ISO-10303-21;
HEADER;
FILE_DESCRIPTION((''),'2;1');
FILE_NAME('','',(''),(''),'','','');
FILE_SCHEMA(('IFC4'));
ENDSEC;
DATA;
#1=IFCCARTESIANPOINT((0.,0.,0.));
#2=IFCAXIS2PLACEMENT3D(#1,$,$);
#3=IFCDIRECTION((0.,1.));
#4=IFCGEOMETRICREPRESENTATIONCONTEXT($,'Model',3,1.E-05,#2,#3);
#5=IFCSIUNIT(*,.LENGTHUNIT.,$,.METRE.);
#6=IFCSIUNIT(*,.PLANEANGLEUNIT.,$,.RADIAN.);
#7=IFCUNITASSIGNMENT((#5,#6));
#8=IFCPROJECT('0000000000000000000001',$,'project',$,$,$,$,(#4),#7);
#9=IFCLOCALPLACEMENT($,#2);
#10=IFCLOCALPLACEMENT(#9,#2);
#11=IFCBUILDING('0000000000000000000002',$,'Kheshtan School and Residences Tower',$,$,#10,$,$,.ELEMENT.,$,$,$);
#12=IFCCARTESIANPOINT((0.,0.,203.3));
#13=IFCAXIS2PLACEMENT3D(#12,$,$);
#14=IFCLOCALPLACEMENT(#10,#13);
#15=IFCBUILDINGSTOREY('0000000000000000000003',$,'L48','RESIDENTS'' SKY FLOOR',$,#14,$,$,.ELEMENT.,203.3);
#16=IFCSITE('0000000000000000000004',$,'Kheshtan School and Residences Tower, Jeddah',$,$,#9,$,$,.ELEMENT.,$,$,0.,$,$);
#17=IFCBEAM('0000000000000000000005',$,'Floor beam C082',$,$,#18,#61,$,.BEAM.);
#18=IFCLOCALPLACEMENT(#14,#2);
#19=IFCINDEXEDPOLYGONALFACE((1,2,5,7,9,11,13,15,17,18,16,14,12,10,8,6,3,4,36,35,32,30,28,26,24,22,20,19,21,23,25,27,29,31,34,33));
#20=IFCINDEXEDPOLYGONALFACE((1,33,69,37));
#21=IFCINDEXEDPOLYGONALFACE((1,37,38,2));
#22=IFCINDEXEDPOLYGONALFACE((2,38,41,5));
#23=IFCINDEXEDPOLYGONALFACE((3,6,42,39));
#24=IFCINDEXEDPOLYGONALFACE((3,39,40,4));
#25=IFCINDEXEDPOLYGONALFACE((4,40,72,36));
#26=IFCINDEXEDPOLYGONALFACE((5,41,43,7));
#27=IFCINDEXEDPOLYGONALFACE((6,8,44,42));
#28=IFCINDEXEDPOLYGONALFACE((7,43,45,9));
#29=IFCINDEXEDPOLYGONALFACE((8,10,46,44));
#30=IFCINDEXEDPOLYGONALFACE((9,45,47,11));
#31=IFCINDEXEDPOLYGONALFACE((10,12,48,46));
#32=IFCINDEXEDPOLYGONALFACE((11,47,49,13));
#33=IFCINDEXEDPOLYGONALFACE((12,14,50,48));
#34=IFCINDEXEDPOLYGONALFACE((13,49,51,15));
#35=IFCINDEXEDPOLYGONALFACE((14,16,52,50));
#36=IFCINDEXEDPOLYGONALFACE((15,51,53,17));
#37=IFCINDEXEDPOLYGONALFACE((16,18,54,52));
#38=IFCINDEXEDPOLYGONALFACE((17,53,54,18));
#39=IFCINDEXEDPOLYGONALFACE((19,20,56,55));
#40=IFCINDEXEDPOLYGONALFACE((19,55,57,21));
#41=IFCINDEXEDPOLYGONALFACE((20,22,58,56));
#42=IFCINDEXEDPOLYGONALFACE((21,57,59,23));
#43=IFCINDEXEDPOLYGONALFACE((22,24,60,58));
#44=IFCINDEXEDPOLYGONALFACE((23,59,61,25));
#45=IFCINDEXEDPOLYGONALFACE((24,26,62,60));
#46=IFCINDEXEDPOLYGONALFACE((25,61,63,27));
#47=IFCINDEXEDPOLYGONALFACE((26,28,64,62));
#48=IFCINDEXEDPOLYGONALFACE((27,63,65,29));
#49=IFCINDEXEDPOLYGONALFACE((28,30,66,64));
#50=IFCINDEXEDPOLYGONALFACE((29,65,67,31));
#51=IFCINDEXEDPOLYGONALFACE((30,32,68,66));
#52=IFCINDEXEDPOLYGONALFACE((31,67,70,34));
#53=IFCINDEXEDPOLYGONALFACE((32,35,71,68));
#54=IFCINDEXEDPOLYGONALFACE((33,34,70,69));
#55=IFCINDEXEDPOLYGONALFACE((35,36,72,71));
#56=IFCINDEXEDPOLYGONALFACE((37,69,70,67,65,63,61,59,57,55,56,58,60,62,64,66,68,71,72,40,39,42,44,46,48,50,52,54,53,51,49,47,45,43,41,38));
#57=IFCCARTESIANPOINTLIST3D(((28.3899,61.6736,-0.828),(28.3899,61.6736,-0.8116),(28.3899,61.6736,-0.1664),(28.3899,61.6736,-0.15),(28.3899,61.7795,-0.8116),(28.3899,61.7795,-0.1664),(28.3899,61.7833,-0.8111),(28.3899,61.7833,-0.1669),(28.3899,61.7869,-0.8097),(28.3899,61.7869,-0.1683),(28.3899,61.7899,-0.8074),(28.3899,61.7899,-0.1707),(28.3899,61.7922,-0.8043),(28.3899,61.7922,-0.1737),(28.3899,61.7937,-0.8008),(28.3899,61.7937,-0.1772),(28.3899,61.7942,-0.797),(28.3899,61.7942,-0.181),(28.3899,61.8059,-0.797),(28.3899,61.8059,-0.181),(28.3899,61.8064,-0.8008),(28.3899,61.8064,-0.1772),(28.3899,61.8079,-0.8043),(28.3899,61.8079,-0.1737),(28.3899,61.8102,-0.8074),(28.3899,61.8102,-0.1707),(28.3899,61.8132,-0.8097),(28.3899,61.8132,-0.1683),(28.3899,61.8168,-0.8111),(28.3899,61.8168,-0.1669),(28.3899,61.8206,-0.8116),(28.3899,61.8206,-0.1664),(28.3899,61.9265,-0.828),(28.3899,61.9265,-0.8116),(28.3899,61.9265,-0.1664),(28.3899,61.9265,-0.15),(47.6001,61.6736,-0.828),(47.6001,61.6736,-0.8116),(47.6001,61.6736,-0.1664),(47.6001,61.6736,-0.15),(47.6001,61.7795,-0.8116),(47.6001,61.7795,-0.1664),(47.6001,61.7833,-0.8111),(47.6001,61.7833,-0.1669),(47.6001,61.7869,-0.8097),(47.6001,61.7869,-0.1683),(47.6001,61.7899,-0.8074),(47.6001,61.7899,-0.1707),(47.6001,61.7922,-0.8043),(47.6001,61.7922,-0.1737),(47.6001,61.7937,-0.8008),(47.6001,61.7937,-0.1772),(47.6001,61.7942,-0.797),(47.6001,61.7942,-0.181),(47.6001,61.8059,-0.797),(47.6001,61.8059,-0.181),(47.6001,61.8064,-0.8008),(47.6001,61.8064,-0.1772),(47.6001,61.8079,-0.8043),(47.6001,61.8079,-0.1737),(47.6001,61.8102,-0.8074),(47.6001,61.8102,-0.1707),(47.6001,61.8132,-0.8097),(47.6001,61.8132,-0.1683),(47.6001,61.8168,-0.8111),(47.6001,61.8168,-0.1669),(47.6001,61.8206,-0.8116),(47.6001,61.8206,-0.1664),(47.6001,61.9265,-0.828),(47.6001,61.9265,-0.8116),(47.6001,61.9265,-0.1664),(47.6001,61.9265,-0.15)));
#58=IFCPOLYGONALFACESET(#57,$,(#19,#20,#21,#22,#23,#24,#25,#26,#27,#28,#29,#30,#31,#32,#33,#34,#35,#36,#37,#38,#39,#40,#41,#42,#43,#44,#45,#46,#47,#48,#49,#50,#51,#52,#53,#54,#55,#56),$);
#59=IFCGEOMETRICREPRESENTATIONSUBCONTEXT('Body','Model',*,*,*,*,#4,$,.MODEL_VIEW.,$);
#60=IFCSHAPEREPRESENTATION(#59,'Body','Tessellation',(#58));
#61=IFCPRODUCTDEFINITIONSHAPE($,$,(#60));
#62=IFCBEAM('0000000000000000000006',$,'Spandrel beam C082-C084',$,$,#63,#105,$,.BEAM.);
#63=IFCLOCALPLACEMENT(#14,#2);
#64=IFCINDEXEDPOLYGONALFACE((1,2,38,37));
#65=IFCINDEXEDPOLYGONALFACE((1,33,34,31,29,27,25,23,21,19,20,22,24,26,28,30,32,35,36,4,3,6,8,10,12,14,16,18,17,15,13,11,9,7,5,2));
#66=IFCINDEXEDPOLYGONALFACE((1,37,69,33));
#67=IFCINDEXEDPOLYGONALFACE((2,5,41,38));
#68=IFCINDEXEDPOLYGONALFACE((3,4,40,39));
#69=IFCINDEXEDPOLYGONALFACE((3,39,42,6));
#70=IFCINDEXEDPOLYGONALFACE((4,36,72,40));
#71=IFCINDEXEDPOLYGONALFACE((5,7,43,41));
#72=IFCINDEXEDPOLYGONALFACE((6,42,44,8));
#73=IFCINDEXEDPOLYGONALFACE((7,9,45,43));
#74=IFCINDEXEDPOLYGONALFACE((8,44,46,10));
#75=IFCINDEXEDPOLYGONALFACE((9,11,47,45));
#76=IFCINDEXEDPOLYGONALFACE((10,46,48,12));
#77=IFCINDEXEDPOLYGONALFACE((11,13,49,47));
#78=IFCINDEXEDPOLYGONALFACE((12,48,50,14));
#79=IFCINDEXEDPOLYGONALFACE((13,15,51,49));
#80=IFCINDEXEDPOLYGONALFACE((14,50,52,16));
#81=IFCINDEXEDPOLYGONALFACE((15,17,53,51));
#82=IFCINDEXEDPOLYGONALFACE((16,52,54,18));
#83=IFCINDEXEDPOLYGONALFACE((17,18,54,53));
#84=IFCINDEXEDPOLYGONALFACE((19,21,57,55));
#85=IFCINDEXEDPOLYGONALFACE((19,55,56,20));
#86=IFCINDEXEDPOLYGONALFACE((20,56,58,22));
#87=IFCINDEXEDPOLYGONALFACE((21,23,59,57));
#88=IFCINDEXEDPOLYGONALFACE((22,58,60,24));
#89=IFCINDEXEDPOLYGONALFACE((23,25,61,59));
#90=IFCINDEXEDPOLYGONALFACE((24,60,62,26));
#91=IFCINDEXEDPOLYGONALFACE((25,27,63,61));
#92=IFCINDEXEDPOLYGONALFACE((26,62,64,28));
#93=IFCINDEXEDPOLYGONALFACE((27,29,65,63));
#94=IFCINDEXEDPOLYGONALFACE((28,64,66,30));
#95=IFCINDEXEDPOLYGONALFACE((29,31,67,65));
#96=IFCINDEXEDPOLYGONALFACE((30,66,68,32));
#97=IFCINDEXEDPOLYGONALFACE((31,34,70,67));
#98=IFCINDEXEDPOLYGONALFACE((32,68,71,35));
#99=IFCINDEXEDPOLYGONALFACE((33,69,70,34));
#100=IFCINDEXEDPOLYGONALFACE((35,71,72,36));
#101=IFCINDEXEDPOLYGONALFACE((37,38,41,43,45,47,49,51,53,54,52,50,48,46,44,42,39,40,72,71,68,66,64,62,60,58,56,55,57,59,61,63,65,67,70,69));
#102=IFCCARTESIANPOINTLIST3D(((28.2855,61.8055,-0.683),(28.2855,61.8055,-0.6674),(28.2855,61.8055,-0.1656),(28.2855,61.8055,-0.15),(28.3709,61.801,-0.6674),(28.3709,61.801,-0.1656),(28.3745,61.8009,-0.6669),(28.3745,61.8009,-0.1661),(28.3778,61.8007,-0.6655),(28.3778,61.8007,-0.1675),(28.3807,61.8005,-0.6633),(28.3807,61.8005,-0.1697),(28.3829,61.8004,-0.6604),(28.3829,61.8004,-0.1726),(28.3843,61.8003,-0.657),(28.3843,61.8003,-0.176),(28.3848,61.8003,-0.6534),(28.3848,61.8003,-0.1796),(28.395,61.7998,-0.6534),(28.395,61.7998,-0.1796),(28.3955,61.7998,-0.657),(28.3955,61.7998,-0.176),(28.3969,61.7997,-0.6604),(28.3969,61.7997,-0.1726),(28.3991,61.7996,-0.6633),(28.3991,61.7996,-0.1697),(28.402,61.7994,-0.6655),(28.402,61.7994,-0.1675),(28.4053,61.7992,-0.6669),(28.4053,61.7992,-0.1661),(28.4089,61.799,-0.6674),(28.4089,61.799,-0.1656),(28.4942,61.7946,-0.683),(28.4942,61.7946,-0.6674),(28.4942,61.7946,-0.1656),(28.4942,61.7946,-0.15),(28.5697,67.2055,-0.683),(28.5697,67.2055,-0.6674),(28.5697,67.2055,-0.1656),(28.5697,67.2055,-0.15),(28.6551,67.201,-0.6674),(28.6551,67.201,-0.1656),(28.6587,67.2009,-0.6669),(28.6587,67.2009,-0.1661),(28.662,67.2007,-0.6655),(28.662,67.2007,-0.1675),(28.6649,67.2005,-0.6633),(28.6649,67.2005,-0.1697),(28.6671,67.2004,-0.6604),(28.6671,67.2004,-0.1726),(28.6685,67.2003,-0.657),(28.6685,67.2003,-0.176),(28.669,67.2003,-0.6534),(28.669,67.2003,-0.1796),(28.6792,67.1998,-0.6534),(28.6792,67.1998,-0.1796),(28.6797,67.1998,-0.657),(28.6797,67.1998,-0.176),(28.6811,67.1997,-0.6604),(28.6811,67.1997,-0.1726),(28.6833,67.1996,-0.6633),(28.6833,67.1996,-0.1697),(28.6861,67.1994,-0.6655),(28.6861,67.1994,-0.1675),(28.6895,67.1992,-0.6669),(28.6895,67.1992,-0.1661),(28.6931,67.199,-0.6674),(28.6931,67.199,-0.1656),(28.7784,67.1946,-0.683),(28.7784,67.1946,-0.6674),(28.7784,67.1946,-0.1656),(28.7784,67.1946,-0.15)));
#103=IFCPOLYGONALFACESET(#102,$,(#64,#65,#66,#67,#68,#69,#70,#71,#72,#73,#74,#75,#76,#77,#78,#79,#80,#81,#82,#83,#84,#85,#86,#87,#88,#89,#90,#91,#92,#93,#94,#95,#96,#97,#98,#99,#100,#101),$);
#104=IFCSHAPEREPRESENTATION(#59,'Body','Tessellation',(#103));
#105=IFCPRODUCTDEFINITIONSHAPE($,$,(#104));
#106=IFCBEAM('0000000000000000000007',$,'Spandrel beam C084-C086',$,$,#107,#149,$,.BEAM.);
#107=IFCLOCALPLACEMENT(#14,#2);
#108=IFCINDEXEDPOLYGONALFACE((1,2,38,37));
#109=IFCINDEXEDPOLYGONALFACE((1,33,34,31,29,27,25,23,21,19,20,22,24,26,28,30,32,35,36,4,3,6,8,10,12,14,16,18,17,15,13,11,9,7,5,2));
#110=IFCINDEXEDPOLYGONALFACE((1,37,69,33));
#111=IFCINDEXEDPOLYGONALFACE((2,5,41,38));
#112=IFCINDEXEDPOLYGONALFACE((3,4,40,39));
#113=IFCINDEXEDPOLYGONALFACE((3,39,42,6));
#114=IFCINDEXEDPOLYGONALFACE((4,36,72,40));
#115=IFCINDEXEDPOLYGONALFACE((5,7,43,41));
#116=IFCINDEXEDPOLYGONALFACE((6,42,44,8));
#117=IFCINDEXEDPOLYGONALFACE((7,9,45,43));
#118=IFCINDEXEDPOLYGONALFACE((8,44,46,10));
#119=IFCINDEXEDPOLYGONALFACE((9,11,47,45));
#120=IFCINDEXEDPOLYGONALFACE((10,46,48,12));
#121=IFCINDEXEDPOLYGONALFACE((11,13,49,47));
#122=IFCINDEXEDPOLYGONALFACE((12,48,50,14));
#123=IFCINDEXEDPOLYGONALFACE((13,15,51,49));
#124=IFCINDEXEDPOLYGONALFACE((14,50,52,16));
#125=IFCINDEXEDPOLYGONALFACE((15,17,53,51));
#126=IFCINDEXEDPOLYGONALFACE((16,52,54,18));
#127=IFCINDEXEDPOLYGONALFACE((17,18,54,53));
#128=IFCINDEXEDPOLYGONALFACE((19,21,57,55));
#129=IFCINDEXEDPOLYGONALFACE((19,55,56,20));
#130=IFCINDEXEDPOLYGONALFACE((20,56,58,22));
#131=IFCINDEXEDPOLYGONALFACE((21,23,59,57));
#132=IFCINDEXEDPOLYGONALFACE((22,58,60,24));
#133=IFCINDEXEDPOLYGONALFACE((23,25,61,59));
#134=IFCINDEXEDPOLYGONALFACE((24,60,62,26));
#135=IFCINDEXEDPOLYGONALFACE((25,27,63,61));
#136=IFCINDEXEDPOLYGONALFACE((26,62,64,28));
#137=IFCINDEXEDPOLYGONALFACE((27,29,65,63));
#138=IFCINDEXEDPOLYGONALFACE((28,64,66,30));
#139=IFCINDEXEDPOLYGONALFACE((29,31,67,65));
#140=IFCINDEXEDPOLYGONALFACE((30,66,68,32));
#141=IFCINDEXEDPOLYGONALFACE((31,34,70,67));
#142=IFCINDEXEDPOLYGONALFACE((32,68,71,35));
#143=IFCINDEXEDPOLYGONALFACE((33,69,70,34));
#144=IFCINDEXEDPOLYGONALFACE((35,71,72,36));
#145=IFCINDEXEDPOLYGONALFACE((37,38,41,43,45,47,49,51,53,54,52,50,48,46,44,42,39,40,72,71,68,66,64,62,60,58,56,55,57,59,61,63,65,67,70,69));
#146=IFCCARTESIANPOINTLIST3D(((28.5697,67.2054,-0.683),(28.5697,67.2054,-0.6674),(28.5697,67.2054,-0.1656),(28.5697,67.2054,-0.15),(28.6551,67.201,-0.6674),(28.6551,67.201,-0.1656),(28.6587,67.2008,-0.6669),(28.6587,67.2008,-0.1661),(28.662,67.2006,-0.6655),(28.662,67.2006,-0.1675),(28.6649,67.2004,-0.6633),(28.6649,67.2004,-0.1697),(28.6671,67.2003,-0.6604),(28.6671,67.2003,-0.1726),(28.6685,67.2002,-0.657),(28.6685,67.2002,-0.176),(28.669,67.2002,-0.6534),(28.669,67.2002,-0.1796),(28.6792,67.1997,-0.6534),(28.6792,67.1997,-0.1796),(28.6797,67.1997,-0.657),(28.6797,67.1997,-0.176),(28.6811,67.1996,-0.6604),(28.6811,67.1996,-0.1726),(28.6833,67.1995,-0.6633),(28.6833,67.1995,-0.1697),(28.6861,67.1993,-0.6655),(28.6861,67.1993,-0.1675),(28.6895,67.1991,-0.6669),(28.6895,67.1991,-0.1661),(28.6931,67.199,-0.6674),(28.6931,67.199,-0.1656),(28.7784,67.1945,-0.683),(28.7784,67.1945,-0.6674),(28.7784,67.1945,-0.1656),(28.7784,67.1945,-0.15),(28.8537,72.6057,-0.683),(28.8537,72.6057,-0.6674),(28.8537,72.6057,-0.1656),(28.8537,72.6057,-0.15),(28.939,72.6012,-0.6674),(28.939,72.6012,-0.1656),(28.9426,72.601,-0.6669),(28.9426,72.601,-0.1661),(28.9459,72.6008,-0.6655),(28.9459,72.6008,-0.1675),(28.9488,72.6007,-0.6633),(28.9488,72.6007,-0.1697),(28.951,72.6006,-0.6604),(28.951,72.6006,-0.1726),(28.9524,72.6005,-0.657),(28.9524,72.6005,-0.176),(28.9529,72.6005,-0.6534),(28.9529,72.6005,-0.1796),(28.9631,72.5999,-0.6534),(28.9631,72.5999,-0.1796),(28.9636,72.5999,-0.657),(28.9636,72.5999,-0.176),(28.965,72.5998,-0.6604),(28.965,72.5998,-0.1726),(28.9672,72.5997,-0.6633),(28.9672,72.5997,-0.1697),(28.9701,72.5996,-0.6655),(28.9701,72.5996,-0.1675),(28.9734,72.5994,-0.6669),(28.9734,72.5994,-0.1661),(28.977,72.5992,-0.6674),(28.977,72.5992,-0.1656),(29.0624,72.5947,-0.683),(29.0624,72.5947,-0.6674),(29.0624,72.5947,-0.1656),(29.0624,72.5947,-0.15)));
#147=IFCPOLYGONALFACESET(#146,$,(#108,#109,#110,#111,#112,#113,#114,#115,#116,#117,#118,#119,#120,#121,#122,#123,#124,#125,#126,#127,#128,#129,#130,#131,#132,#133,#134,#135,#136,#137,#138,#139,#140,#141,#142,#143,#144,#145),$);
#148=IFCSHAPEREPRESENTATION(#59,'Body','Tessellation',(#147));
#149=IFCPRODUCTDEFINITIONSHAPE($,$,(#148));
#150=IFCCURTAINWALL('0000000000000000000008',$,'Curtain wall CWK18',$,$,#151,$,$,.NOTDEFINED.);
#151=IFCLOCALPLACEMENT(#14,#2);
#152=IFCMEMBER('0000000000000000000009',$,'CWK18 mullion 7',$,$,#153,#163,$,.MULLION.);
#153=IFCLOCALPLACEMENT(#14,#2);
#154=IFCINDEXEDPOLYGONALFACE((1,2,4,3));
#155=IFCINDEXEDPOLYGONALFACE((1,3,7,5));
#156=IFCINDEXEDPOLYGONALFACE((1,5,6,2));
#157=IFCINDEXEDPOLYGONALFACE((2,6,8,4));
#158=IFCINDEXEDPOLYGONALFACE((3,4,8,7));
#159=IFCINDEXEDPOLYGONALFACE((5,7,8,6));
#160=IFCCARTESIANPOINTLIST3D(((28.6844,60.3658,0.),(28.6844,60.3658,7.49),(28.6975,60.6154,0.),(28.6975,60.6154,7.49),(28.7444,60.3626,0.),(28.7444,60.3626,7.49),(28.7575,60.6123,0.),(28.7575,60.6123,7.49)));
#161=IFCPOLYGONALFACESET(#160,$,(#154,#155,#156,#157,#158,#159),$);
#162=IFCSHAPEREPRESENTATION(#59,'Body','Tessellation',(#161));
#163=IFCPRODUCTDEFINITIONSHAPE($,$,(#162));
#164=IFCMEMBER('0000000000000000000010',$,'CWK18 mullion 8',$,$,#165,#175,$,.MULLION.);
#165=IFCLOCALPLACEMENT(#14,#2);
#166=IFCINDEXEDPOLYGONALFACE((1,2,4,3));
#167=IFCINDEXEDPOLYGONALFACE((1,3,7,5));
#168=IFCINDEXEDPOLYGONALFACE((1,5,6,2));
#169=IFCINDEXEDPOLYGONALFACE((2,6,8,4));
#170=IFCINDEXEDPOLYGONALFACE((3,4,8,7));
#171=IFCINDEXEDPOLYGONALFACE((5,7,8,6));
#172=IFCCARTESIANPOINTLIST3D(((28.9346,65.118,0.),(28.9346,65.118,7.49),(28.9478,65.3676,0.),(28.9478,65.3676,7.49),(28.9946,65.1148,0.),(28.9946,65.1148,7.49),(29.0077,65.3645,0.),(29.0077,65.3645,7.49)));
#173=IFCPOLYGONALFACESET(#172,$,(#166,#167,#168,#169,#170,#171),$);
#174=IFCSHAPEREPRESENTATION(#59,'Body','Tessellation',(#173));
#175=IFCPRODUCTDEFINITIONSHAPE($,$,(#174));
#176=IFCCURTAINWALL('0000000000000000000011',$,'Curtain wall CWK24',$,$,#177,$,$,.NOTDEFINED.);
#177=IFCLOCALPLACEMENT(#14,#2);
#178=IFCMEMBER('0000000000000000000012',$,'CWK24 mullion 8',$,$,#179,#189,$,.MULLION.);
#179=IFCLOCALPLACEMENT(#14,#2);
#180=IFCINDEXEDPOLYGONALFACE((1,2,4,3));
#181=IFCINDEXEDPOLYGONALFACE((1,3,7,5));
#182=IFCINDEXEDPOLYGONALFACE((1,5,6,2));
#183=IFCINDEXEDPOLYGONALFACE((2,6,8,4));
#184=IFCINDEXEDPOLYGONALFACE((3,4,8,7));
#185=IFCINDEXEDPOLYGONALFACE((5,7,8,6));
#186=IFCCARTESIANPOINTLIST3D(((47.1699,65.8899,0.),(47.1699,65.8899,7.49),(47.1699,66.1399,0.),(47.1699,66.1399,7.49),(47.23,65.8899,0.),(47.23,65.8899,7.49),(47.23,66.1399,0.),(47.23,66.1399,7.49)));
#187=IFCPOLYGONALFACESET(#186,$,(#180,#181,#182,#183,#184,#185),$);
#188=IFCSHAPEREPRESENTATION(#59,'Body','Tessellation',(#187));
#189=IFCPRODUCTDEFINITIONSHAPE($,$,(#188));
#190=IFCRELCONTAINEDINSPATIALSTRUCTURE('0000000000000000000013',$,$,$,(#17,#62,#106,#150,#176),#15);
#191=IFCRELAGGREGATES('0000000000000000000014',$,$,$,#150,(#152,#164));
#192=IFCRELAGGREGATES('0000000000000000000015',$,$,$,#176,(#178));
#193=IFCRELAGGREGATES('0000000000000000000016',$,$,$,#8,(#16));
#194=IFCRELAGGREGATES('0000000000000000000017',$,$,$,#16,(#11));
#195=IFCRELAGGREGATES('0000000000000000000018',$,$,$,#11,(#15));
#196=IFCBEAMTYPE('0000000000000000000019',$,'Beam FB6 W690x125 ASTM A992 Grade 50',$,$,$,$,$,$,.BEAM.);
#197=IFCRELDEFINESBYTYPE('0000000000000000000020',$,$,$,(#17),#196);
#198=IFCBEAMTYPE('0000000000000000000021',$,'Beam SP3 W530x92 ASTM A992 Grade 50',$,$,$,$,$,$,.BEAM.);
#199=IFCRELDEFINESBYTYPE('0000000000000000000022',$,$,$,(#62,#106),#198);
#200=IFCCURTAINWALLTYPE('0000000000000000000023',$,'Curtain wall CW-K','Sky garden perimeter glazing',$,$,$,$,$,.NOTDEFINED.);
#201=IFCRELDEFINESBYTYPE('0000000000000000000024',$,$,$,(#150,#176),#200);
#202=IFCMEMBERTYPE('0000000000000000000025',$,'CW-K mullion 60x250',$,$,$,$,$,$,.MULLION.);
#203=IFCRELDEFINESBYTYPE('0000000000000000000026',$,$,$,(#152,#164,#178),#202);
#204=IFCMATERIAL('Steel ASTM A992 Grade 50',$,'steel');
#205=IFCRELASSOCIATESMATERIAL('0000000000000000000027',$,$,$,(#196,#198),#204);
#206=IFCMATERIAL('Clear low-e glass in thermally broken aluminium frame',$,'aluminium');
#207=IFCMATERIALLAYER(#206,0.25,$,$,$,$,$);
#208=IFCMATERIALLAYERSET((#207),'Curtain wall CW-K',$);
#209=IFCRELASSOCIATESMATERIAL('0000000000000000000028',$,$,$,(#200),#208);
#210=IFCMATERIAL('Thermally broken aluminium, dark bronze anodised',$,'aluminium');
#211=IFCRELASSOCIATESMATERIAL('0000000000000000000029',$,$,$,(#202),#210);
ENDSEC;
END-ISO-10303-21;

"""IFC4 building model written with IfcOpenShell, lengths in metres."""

from ifc_helpers import new_model, si_unit, direction, frame, origin, origin_2d, place, context, subcontext, project, spatial, rectangle, i_section, extrude, material, layer, layer_set, material_profile, profile_set, type_object, element, aggregate, save


model = new_model("IFC4")

# Units and contexts
model_context = context("Model", 3, precision=1e-05, world=origin(), true_north=direction((0.0, 1.0)))
body_context = subcontext(model_context, "Body", "Model", "MODEL_VIEW")
ifc_project = project(units=[si_unit("LENGTHUNIT", "METRE"), si_unit("PLANEANGLEUNIT", "RADIAN")], contexts=[model_context])

# Site, building, storey
site_placement = place(None, origin())
site = spatial("IfcSite", under=ifc_project, at=site_placement, Name="Kheshtan School and Residences Tower, Jeddah", CompositionType="ELEMENT", RefElevation=0.0)
building_placement = place(site_placement, origin())
building = spatial("IfcBuilding", under=site, at=building_placement, Name="Kheshtan School and Residences Tower", CompositionType="ELEMENT")
storey_placement = place(building_placement, frame((0.0, 0.0, 203.3)))
storey = spatial("IfcBuildingStorey", under=building, at=storey_placement, Name="L48", Description="RESIDENTS' SKY FLOOR", CompositionType="ELEMENT", Elevation=203.3)

# Shared definitions
ifc_material_1 = material(Name="Steel ASTM A992 Grade 50", Category="steel")

# Beams
ifc_material_profile_1 = material_profile(ifc_material_1, i_section(OverallWidth=0.2529, OverallDepth=0.678, WebThickness=0.0117, FlangeThickness=0.0164, FilletRadius=0.0146, at=origin_2d()), Name="W690x125")
ifc_profile_set_1 = profile_set([ifc_material_profile_1], Name="Steel ASTM A992 Grade 50")
beam_type_1 = type_object("IfcBeamType", Name="Beam FB6 W690x125 ASTM A992 Grade 50", PredefinedType="BEAM", material=ifc_profile_set_1)
beam_1_placement = place(storey_placement, frame((28.3899, 61.8, -0.489), z_axis=(1.0, 0.0, 0.0), x_axis=(0.0, 1.0, 0.0)))
element("IfcBeam", 1, at=beam_1_placement, inside=storey, type_object=beam_type_1, Name="Floor beam C082", PredefinedType="BEAM", context=body_context, shape_type="SweptSolid", body=[
    extrude(i_section(OverallWidth=0.2529, OverallDepth=0.678, WebThickness=0.0117, FlangeThickness=0.0164, FilletRadius=0.0146, at=origin_2d()), origin(), (0.0, 0.0, 1.0), 19.2102),
])
ifc_material_profile_2 = material_profile(ifc_material_1, i_section(OverallWidth=0.209, OverallDepth=0.533, WebThickness=0.0103, FlangeThickness=0.0156, FilletRadius=0.0139, at=origin_2d()), Name="W530x92")
ifc_profile_set_2 = profile_set([ifc_material_profile_2], Name="Steel ASTM A992 Grade 50")
beam_type_2 = type_object("IfcBeamType", Name="Beam SP3 W530x92 ASTM A992 Grade 50", PredefinedType="BEAM", material=ifc_profile_set_2)
beam_2_placement = place(storey_placement, frame((28.3899, 61.8, -0.4165), z_axis=(0.052554, 0.998618, 0.0), x_axis=(-0.998618, 0.052554, 0.0)))
element("IfcBeam", 2, at=beam_2_placement, inside=storey, type_object=beam_type_2, Name="Spandrel beam C082-C084", PredefinedType="BEAM", context=body_context, shape_type="SweptSolid", body=[
    extrude(i_section(OverallWidth=0.209, OverallDepth=0.533, WebThickness=0.0103, FlangeThickness=0.0156, FilletRadius=0.0139, at=origin_2d()), origin(), (0.0, 0.0, 1.0), 5.4075),
])
beam_3_placement = place(storey_placement, frame((28.6741, 67.2, -0.4165), z_axis=(0.052507, 0.998621, 0.0), x_axis=(-0.998621, 0.052507, 0.0)))
element("IfcBeam", 3, at=beam_3_placement, inside=storey, type_object=beam_type_2, Name="Spandrel beam C084-C086", PredefinedType="BEAM", context=body_context, shape_type="SweptSolid", body=[
    extrude(i_section(OverallWidth=0.209, OverallDepth=0.533, WebThickness=0.0103, FlangeThickness=0.0156, FilletRadius=0.0139, at=origin_2d()), origin(), (0.0, 0.0, 1.0), 5.4077),
])

# Curtain walls, members
ifc_material_2 = material(Name="Clear low-e glass in thermally broken aluminium frame", Category="aluminium")
ifc_layer_1 = layer(ifc_material_2, 0.25)
ifc_layer_set_1 = layer_set([ifc_layer_1], Name="Curtain wall CW-K")
curtain_wall_type = type_object("IfcCurtainWallType", Name="Curtain wall CW-K", Description="Sky garden perimeter glazing", PredefinedType="NOTDEFINED", material=ifc_layer_set_1)
curtain_wall_1_placement = place(storey_placement, origin())
curtain_wall_1 = element("IfcCurtainWall", 4, at=curtain_wall_1_placement, inside=storey, type_object=curtain_wall_type, Name="Curtain wall CWK18", PredefinedType="NOTDEFINED")
ifc_material_3 = material(Name="Thermally broken aluminium, dark bronze anodised", Category="aluminium")
ifc_material_profile_3 = material_profile(ifc_material_3, rectangle(XDim=0.0601, YDim=0.25, at=origin_2d()), Name="CW-K mullion 60x250")
ifc_profile_set_3 = profile_set([ifc_material_profile_3], Name="Thermally broken aluminium, dark bronze anodised")
member_type = type_object("IfcMemberType", Name="CW-K mullion 60x250", PredefinedType="MULLION", material=ifc_profile_set_3)
member_1_placement = place(storey_placement, frame((28.7209, 60.489, 0.0), z_axis=(0.0, 0.0, 1.0), x_axis=(-0.998617, 0.052565, 0.0)))
member_1 = element("IfcMember", 5, at=member_1_placement, type_object=member_type, Name="CWK18 mullion 7", PredefinedType="MULLION", context=body_context, shape_type="SweptSolid", body=[
    extrude(rectangle(XDim=0.0601, YDim=0.25, at=origin_2d()), origin(), (0.0, 0.0, 1.0), 7.49),
])
member_2_placement = place(storey_placement, frame((28.9712, 65.2412, 0.0), z_axis=(0.0, 0.0, 1.0), x_axis=(-0.998617, 0.052565, 0.0)))
member_2 = element("IfcMember", 6, at=member_2_placement, type_object=member_type, Name="CWK18 mullion 8", PredefinedType="MULLION", context=body_context, shape_type="SweptSolid", body=[
    extrude(rectangle(XDim=0.0601, YDim=0.25, at=origin_2d()), origin(), (0.0, 0.0, 1.0), 7.49),
])
curtain_wall_2_placement = place(storey_placement, origin())
curtain_wall_2 = element("IfcCurtainWall", 7, at=curtain_wall_2_placement, inside=storey, type_object=curtain_wall_type, Name="Curtain wall CWK24", PredefinedType="NOTDEFINED")
member_3_placement = place(storey_placement, frame((47.2, 66.0149, 0.0), z_axis=(0.0, 0.0, 1.0), x_axis=(1.0, 0.0, 0.0)))
member_3 = element("IfcMember", 8, at=member_3_placement, type_object=member_type, Name="CWK24 mullion 8", PredefinedType="MULLION", context=body_context, shape_type="SweptSolid", body=[
    extrude(rectangle(XDim=0.0601, YDim=0.25, at=origin_2d()), origin(), (0.0, 0.0, 1.0), 7.49),
])

aggregate(curtain_wall_1, [member_1, member_2])
aggregate(curtain_wall_2, [member_3])

save(model, "model.ifc")
